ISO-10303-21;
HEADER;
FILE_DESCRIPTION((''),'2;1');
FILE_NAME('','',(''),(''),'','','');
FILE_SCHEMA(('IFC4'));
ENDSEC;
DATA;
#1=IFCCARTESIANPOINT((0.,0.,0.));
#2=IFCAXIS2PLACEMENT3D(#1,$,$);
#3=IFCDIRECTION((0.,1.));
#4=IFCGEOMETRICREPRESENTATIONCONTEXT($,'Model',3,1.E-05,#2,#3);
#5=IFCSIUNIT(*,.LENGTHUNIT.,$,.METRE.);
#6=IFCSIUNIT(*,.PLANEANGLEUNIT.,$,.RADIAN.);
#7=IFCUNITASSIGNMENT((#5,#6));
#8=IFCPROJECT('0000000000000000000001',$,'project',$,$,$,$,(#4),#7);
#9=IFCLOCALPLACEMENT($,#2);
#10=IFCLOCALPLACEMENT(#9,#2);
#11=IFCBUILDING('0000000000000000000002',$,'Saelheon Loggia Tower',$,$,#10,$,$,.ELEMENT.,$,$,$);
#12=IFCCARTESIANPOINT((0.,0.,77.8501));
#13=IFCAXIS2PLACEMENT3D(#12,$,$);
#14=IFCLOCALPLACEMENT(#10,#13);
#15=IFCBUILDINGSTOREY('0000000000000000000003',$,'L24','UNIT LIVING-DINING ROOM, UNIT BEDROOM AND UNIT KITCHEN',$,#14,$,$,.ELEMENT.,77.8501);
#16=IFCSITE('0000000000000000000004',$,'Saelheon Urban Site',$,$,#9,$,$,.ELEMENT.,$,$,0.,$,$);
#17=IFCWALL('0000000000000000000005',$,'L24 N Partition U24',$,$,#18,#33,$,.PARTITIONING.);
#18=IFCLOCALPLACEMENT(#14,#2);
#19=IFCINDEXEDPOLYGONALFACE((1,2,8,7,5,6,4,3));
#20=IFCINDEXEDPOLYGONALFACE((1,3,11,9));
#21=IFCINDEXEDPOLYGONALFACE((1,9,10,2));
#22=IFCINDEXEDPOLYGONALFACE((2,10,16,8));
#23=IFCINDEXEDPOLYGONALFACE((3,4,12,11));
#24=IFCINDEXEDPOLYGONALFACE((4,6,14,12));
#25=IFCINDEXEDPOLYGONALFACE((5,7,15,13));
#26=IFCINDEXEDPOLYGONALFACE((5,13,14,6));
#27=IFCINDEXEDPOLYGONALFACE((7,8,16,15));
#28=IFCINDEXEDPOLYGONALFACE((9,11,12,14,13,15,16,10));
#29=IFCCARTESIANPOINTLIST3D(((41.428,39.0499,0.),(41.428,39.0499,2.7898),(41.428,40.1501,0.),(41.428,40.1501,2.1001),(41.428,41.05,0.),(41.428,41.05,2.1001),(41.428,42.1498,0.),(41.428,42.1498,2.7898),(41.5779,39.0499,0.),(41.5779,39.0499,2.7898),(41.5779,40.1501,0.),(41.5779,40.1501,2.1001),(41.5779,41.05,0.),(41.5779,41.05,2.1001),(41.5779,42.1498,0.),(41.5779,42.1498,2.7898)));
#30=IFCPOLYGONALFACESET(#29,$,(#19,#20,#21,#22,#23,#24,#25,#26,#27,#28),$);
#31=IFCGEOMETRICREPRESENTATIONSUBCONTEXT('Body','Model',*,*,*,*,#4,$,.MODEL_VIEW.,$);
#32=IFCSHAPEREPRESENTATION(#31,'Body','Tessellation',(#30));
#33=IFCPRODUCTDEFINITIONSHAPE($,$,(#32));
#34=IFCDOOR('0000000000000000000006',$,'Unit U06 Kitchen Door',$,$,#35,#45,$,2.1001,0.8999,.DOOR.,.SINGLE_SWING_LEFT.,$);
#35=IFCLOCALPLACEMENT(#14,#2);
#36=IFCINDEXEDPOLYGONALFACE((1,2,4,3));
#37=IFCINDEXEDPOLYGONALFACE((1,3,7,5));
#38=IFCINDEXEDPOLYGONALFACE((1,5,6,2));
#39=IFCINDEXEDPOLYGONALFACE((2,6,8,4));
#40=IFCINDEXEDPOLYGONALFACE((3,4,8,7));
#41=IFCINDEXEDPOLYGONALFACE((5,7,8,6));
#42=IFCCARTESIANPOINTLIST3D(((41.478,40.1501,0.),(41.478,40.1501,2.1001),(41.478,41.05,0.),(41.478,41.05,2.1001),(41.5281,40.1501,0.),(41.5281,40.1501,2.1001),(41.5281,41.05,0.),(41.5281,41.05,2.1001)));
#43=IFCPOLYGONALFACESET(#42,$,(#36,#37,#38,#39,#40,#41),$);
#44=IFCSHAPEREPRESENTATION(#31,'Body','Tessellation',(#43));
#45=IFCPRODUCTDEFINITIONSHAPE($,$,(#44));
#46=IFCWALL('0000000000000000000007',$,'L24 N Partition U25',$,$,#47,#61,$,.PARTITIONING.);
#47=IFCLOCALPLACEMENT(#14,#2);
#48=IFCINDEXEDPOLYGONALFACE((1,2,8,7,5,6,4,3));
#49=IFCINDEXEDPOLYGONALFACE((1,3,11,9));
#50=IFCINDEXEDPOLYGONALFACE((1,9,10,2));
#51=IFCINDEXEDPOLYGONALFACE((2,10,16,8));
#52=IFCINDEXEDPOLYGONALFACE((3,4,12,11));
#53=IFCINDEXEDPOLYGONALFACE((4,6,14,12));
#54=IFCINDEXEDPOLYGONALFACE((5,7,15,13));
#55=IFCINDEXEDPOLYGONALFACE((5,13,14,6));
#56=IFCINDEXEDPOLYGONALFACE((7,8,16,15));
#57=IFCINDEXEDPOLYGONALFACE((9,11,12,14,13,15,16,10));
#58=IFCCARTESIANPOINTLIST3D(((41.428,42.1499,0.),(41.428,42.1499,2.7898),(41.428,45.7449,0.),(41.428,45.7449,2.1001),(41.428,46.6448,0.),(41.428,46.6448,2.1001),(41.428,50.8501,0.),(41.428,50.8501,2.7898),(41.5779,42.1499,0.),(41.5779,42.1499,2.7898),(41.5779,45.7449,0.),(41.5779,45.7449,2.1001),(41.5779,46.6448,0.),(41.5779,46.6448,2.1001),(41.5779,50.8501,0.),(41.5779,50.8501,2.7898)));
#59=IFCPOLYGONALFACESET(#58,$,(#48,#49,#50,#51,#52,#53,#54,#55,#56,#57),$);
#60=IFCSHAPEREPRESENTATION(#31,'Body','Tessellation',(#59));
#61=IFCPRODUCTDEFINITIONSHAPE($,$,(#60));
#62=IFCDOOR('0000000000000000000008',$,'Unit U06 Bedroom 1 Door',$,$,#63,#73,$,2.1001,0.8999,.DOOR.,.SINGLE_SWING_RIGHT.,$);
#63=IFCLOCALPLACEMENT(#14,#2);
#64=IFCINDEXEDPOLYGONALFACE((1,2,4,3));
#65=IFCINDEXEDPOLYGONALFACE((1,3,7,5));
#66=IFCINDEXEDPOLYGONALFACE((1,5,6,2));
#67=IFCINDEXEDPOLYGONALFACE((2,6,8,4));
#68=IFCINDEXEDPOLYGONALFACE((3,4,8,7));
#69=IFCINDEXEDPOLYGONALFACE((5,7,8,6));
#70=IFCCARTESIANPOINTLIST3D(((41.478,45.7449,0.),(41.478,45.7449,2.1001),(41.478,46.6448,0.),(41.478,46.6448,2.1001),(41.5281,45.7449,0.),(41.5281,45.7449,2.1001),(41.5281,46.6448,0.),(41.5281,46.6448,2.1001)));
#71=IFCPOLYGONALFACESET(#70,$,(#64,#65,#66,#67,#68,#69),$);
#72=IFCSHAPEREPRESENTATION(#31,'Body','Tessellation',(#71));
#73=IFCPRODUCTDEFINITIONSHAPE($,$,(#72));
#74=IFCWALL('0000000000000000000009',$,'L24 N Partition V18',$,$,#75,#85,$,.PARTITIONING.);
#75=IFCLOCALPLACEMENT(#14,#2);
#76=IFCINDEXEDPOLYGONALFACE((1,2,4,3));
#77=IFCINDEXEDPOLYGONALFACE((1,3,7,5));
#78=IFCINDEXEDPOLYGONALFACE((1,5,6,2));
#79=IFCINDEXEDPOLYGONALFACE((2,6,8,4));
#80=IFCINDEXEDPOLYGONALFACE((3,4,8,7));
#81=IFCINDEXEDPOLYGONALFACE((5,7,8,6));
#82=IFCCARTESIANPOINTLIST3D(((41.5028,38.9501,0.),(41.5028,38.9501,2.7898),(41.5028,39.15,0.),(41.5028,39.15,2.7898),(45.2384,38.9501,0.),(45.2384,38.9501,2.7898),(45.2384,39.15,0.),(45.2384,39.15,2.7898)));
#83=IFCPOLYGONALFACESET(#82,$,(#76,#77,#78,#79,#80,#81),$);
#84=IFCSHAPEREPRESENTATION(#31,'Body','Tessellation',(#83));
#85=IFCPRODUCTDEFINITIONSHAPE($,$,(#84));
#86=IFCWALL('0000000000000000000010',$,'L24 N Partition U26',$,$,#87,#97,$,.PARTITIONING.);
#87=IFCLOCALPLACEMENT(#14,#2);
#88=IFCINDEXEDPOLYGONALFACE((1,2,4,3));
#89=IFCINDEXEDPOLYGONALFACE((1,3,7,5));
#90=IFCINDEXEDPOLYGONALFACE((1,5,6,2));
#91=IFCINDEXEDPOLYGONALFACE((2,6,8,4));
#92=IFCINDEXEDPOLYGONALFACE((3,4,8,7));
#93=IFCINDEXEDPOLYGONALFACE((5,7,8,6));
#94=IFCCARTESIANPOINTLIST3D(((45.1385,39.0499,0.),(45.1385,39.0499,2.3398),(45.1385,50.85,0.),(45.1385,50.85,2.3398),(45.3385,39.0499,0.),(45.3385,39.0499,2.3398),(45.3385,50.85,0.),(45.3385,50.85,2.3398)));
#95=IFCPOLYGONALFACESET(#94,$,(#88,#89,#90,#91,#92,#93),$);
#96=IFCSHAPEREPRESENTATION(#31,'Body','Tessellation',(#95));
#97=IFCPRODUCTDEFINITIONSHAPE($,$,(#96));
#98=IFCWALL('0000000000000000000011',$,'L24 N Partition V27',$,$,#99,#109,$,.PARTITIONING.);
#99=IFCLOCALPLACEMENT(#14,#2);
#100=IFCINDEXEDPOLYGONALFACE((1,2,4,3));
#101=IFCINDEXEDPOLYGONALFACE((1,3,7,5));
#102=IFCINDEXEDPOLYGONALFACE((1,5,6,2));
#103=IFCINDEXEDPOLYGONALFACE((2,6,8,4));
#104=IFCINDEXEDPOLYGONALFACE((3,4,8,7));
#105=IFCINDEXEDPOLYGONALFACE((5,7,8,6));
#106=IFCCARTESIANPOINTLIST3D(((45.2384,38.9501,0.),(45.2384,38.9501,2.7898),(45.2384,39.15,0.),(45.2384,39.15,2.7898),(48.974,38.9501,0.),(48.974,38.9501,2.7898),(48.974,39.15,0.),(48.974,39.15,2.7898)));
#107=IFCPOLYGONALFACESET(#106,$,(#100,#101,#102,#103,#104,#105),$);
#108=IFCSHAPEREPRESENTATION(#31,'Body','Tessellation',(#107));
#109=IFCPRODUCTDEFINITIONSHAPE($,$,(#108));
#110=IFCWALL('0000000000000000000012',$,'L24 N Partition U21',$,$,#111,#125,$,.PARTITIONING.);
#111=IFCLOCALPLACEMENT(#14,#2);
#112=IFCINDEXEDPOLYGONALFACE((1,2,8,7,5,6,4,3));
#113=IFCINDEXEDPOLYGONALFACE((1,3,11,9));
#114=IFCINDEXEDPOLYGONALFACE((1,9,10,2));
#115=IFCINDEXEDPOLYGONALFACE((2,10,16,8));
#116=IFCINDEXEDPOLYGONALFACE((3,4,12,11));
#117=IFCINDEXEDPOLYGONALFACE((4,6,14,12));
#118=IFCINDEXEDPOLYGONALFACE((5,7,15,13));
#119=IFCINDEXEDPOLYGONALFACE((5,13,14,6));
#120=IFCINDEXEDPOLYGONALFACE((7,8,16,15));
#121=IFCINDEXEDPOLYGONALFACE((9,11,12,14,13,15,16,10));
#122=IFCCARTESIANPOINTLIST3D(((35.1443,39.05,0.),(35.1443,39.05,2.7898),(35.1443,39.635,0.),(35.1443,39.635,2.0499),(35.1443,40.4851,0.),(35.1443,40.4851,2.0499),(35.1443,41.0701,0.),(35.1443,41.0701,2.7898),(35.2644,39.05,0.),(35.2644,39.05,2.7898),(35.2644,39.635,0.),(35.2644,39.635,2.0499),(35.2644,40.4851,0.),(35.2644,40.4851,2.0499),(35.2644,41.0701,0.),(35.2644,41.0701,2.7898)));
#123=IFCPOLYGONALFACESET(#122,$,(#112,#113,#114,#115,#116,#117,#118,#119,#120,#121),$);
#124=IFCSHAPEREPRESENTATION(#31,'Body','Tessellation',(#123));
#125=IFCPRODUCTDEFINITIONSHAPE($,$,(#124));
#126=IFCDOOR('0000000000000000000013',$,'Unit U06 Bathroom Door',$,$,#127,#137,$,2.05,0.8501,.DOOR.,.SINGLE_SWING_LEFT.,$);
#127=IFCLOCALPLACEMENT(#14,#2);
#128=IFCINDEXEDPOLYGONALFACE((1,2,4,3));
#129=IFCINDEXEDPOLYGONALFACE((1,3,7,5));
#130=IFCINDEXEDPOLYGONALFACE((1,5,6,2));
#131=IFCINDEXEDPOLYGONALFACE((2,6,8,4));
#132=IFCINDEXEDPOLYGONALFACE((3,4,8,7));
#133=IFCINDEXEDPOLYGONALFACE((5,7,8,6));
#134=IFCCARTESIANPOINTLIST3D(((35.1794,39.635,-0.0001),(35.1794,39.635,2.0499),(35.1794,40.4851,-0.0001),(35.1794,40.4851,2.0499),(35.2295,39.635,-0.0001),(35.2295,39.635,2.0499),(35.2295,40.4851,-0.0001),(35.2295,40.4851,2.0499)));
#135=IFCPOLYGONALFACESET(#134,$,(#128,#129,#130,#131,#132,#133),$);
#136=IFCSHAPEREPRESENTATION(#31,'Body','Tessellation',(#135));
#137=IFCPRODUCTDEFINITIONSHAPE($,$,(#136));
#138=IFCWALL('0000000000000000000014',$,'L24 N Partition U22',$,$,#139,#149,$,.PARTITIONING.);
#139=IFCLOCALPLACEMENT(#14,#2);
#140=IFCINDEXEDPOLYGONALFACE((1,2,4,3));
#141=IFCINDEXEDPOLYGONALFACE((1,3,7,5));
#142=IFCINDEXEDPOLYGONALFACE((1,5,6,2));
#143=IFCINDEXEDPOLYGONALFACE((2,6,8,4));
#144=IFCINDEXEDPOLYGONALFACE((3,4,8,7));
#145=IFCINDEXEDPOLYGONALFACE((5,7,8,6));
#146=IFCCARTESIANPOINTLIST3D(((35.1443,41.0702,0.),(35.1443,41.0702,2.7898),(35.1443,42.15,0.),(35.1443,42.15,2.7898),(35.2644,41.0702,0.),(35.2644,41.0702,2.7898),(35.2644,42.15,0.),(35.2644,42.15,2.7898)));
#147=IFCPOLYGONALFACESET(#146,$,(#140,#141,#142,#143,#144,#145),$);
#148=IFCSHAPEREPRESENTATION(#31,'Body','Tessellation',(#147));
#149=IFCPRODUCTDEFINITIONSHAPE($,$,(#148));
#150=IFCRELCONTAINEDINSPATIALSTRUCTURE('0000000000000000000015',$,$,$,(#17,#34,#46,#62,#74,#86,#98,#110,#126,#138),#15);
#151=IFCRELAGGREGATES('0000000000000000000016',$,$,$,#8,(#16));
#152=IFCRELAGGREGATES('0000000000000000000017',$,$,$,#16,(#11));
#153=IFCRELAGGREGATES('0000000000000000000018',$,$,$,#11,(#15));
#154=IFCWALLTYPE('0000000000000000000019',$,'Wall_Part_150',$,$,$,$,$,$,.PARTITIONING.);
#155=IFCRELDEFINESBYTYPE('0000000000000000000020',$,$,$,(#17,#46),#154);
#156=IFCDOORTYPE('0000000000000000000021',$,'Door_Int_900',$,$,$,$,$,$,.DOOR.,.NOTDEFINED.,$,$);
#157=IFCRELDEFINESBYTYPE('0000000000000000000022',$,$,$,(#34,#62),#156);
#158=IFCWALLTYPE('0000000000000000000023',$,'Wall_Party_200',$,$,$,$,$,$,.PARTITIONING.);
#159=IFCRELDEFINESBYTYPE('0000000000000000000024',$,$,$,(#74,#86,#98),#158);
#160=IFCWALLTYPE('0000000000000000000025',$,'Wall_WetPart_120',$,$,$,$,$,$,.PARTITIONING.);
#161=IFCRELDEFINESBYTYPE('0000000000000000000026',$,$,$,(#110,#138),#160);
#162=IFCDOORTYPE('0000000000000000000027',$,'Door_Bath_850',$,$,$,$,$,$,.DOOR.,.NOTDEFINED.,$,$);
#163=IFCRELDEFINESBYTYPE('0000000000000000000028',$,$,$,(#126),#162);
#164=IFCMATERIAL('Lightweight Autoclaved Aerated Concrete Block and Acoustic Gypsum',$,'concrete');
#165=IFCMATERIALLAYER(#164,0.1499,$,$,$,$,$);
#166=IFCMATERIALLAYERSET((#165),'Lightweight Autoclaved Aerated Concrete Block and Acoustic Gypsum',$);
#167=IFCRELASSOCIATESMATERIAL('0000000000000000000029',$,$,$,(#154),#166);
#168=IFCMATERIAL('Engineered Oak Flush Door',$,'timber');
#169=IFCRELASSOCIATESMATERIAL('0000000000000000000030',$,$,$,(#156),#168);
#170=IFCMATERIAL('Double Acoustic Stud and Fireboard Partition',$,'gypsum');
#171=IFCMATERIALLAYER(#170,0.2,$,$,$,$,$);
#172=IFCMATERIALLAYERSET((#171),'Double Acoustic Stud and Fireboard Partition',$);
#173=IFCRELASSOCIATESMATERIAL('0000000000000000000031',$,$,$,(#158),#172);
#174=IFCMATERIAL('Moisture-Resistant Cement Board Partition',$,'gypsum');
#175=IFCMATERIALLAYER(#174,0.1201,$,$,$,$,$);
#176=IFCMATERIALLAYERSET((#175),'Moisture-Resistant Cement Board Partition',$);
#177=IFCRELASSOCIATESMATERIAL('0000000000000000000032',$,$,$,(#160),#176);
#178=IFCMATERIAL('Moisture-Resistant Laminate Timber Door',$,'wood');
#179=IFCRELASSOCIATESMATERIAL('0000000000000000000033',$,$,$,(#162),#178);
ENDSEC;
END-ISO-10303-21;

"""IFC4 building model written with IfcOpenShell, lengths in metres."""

from ifc_helpers import new_model, si_unit, direction, frame, frame_2d, origin, place, context, subcontext, project, spatial, rectangle, extrude, source, transform, mapped, material, layer, layer_set, type_object, element, fill, save


model = new_model("IFC4")

# Units and contexts
model_context = context("Model", 3, precision=1e-05, world=origin(), true_north=direction((0.0, 1.0)))
body_context = subcontext(model_context, "Body", "Model", "MODEL_VIEW")
ifc_project = project(units=[si_unit("LENGTHUNIT", "METRE"), si_unit("PLANEANGLEUNIT", "RADIAN")], contexts=[model_context])

# Site, building, storey
site_placement = place(None, origin())
site = spatial("IfcSite", under=ifc_project, at=site_placement, Name="Saelheon Urban Site", CompositionType="ELEMENT", RefElevation=0.0)
building_placement = place(site_placement, origin())
building = spatial("IfcBuilding", under=site, at=building_placement, Name="Saelheon Loggia Tower", CompositionType="ELEMENT")
storey_placement = place(building_placement, frame((0.0, 0.0, 77.8501)))
storey = spatial("IfcBuildingStorey", under=building, at=storey_placement, Name="L24", Description="UNIT LIVING-DINING ROOM, UNIT BEDROOM AND UNIT KITCHEN", CompositionType="ELEMENT", Elevation=77.8501)

# Shared definitions
ifc_material_1 = material(Name="Lightweight Autoclaved Aerated Concrete Block and Acoustic Gypsum", Category="concrete")
ifc_layer_1 = layer(ifc_material_1, 0.1499)
ifc_layer_set_1 = layer_set([ifc_layer_1], Name="Lightweight Autoclaved Aerated Concrete Block and Acoustic Gypsum")
wall_type_1 = type_object("IfcWallType", Name="Wall_Part_150", PredefinedType="PARTITIONING", material=ifc_layer_set_1)

# Walls, openings, doors
ifc_material_2 = material(Name="Engineered Oak Flush Door", Category="timber")
door_type_1 = type_object("IfcDoorType", Name="Door_Int_900", OperationType="NOTDEFINED", PredefinedType="DOOR", material=ifc_material_2)
shared_shape_1 = source(origin(), body_context, "Body", "SweptSolid", [
    extrude(rectangle(XDim=0.8999, YDim=2.1001, at=frame_2d((0.45, 1.05))), frame((0.0, 0.0249, 0.0), z_axis=(0.0, -1.0, 0.0), x_axis=(1.0, 0.0, 0.0)), (0.0, 0.0, 1.0), 0.05),
])
wall_1_placement = place(storey_placement, frame((41.5029, 39.05, 0.0), z_axis=(0.0, 0.0, 1.0), x_axis=(0.0, 1.0, 0.0)))
wall_1 = element("IfcWall", 1, at=wall_1_placement, inside=storey, type_object=wall_type_1, Name="L24 N Partition U24", PredefinedType="PARTITIONING", context=body_context, shape_type="SweptSolid", body=[
    extrude(rectangle(XDim=3.0999, YDim=0.1499, at=frame_2d((1.5498, 0.0))), origin(), (0.0, 0.0, 1.0), 2.7898),
])
opening_1_placement = place(wall_1_placement, frame((1.1001, 0.0, 0.0)))
opening_1 = element("IfcOpeningElement", 2, at=opening_1_placement, cuts=wall_1, PredefinedType="OPENING", context=body_context, shape_type="SweptSolid", body=[
    extrude(rectangle(XDim=0.8999, YDim=2.1001, at=frame_2d((0.45, 1.05))), frame((0.0, 0.0869, 0.0), z_axis=(0.0, -1.0, 0.0), x_axis=(1.0, 0.0, 0.0)), (0.0, 0.0, 1.0), 0.1738),
])
door_1_placement = place(opening_1_placement, origin())
door_1 = element("IfcDoor", 3, at=door_1_placement, inside=storey, type_object=door_type_1, Name="Unit U06 Kitchen Door", OperationType="SINGLE_SWING_LEFT", OverallHeight=2.1001, OverallWidth=0.8999, PredefinedType="DOOR", context=body_context, shape_type="MappedRepresentation", body=[
    mapped(shared_shape_1, transform((0.0, 0.0, 0.0), scale=1.0)),
])
fill(opening_1, door_1)
wall_2_placement = place(storey_placement, frame((41.5029, 42.1499, 0.0), z_axis=(0.0, 0.0, 1.0), x_axis=(0.0, 1.0, 0.0)))
wall_2 = element("IfcWall", 4, at=wall_2_placement, inside=storey, type_object=wall_type_1, Name="L24 N Partition U25", PredefinedType="PARTITIONING", context=body_context, shape_type="SweptSolid", body=[
    extrude(rectangle(XDim=8.7002, YDim=0.1499, at=frame_2d((4.3501, 0.0))), origin(), (0.0, 0.0, 1.0), 2.7898),
])
opening_2_placement = place(wall_2_placement, frame((3.595, 0.0, 0.0)))
opening_2 = element("IfcOpeningElement", 5, at=opening_2_placement, cuts=wall_2, PredefinedType="OPENING", context=body_context, shape_type="SweptSolid", body=[
    extrude(rectangle(XDim=0.8999, YDim=2.1001, at=frame_2d((0.45, 1.05))), frame((0.0, 0.0869, 0.0), z_axis=(0.0, -1.0, 0.0), x_axis=(1.0, 0.0, 0.0)), (0.0, 0.0, 1.0), 0.1738),
])
door_2_placement = place(opening_2_placement, origin())
door_2 = element("IfcDoor", 6, at=door_2_placement, inside=storey, type_object=door_type_1, Name="Unit U06 Bedroom 1 Door", OperationType="SINGLE_SWING_RIGHT", OverallHeight=2.1001, OverallWidth=0.8999, PredefinedType="DOOR", context=body_context, shape_type="MappedRepresentation", body=[
    mapped(shared_shape_1, transform((0.0, 0.0, 0.0), scale=1.0)),
])
fill(opening_2, door_2)
ifc_material_3 = material(Name="Double Acoustic Stud and Fireboard Partition", Category="gypsum")
ifc_layer_2 = layer(ifc_material_3, 0.2)
ifc_layer_set_2 = layer_set([ifc_layer_2], Name="Double Acoustic Stud and Fireboard Partition")
wall_type_2 = type_object("IfcWallType", Name="Wall_Party_200", PredefinedType="PARTITIONING", material=ifc_layer_set_2)

# Walls
wall_3_placement = place(storey_placement, frame((41.5029, 39.05, 0.0), z_axis=(0.0, 0.0, 1.0), x_axis=(1.0, 0.0, 0.0)))
element("IfcWall", 7, at=wall_3_placement, inside=storey, type_object=wall_type_2, Name="L24 N Partition V18", PredefinedType="PARTITIONING", context=body_context, shape_type="SweptSolid", body=[
    extrude(rectangle(XDim=3.7356, YDim=0.2, at=frame_2d((1.8677, 0.0))), origin(), (0.0, 0.0, 1.0), 2.7898),
])
wall_4_placement = place(storey_placement, frame((45.2385, 39.05, 0.0), z_axis=(0.0, 0.0, 1.0), x_axis=(0.0, 1.0, 0.0)))
element("IfcWall", 8, at=wall_4_placement, inside=storey, type_object=wall_type_2, Name="L24 N Partition U26", PredefinedType="PARTITIONING", context=body_context, shape_type="SweptSolid", body=[
    extrude(rectangle(XDim=11.8, YDim=0.2, at=frame_2d((5.8999, 0.0))), origin(), (0.0, 0.0, 1.0), 2.3398),
])
wall_5_placement = place(storey_placement, frame((45.2385, 39.05, 0.0), z_axis=(0.0, 0.0, 1.0), x_axis=(1.0, 0.0, 0.0)))
element("IfcWall", 9, at=wall_5_placement, inside=storey, type_object=wall_type_2, Name="L24 N Partition V27", PredefinedType="PARTITIONING", context=body_context, shape_type="SweptSolid", body=[
    extrude(rectangle(XDim=3.7356, YDim=0.2, at=frame_2d((1.8677, 0.0))), origin(), (0.0, 0.0, 1.0), 2.7898),
])

# Wall, opening, door
ifc_material_4 = material(Name="Moisture-Resistant Cement Board Partition", Category="gypsum")
ifc_layer_3 = layer(ifc_material_4, 0.1201)
ifc_layer_set_3 = layer_set([ifc_layer_3], Name="Moisture-Resistant Cement Board Partition")
wall_type_3 = type_object("IfcWallType", Name="Wall_WetPart_120", PredefinedType="PARTITIONING", material=ifc_layer_set_3)
wall_6_placement = place(storey_placement, frame((35.2043, 39.05, 0.0), z_axis=(0.0, 0.0, 1.0), x_axis=(0.0, 1.0, 0.0)))
wall_6 = element("IfcWall", 10, at=wall_6_placement, inside=storey, type_object=wall_type_3, Name="L24 N Partition U21", PredefinedType="PARTITIONING", context=body_context, shape_type="SweptSolid", body=[
    extrude(rectangle(XDim=2.02, YDim=0.1201, at=frame_2d((1.01, 0.0))), origin(), (0.0, 0.0, 1.0), 2.7898),
])
opening_3_placement = place(wall_6_placement, frame((0.585, 0.0, 0.0)))
opening_3 = element("IfcOpeningElement", 11, at=opening_3_placement, cuts=wall_6, PredefinedType="OPENING", context=body_context, shape_type="SweptSolid", body=[
    extrude(rectangle(XDim=0.8501, YDim=2.05, at=frame_2d((0.425, 1.0249))), frame((0.0, 0.072, 0.0), z_axis=(0.0, -1.0, 0.0), x_axis=(1.0, 0.0, 0.0)), (0.0, 0.0, 1.0), 0.144),
])
ifc_material_5 = material(Name="Moisture-Resistant Laminate Timber Door", Category="wood")
door_type_2 = type_object("IfcDoorType", Name="Door_Bath_850", OperationType="NOTDEFINED", PredefinedType="DOOR", material=ifc_material_5)
shared_shape_2 = source(origin(), body_context, "Body", "SweptSolid", [
    extrude(rectangle(XDim=0.8501, YDim=2.05, at=frame_2d((0.425, 1.0249))), frame((0.0, 0.0249, 0.0), z_axis=(0.0, -1.0, 0.0), x_axis=(1.0, 0.0, 0.0)), (0.0, 0.0, 1.0), 0.05),
])
door_3_placement = place(opening_3_placement, origin())
door_3 = element("IfcDoor", 12, at=door_3_placement, inside=storey, type_object=door_type_2, Name="Unit U06 Bathroom Door", OperationType="SINGLE_SWING_LEFT", OverallHeight=2.05, OverallWidth=0.8501, PredefinedType="DOOR", context=body_context, shape_type="MappedRepresentation", body=[
    mapped(shared_shape_2, transform((0.0, 0.0, 0.0), scale=1.0)),
])
fill(opening_3, door_3)

# Wall
wall_7_placement = place(storey_placement, frame((35.2043, 41.0701, 0.0), z_axis=(0.0, 0.0, 1.0), x_axis=(0.0, 1.0, 0.0)))
element("IfcWall", 13, at=wall_7_placement, inside=storey, type_object=wall_type_3, Name="L24 N Partition U22", PredefinedType="PARTITIONING", context=body_context, shape_type="SweptSolid", body=[
    extrude(rectangle(XDim=1.0798, YDim=0.1201, at=frame_2d((0.54, 0.0))), origin(), (0.0, 0.0, 1.0), 2.7898),
])

save(model, "model.ifc")
